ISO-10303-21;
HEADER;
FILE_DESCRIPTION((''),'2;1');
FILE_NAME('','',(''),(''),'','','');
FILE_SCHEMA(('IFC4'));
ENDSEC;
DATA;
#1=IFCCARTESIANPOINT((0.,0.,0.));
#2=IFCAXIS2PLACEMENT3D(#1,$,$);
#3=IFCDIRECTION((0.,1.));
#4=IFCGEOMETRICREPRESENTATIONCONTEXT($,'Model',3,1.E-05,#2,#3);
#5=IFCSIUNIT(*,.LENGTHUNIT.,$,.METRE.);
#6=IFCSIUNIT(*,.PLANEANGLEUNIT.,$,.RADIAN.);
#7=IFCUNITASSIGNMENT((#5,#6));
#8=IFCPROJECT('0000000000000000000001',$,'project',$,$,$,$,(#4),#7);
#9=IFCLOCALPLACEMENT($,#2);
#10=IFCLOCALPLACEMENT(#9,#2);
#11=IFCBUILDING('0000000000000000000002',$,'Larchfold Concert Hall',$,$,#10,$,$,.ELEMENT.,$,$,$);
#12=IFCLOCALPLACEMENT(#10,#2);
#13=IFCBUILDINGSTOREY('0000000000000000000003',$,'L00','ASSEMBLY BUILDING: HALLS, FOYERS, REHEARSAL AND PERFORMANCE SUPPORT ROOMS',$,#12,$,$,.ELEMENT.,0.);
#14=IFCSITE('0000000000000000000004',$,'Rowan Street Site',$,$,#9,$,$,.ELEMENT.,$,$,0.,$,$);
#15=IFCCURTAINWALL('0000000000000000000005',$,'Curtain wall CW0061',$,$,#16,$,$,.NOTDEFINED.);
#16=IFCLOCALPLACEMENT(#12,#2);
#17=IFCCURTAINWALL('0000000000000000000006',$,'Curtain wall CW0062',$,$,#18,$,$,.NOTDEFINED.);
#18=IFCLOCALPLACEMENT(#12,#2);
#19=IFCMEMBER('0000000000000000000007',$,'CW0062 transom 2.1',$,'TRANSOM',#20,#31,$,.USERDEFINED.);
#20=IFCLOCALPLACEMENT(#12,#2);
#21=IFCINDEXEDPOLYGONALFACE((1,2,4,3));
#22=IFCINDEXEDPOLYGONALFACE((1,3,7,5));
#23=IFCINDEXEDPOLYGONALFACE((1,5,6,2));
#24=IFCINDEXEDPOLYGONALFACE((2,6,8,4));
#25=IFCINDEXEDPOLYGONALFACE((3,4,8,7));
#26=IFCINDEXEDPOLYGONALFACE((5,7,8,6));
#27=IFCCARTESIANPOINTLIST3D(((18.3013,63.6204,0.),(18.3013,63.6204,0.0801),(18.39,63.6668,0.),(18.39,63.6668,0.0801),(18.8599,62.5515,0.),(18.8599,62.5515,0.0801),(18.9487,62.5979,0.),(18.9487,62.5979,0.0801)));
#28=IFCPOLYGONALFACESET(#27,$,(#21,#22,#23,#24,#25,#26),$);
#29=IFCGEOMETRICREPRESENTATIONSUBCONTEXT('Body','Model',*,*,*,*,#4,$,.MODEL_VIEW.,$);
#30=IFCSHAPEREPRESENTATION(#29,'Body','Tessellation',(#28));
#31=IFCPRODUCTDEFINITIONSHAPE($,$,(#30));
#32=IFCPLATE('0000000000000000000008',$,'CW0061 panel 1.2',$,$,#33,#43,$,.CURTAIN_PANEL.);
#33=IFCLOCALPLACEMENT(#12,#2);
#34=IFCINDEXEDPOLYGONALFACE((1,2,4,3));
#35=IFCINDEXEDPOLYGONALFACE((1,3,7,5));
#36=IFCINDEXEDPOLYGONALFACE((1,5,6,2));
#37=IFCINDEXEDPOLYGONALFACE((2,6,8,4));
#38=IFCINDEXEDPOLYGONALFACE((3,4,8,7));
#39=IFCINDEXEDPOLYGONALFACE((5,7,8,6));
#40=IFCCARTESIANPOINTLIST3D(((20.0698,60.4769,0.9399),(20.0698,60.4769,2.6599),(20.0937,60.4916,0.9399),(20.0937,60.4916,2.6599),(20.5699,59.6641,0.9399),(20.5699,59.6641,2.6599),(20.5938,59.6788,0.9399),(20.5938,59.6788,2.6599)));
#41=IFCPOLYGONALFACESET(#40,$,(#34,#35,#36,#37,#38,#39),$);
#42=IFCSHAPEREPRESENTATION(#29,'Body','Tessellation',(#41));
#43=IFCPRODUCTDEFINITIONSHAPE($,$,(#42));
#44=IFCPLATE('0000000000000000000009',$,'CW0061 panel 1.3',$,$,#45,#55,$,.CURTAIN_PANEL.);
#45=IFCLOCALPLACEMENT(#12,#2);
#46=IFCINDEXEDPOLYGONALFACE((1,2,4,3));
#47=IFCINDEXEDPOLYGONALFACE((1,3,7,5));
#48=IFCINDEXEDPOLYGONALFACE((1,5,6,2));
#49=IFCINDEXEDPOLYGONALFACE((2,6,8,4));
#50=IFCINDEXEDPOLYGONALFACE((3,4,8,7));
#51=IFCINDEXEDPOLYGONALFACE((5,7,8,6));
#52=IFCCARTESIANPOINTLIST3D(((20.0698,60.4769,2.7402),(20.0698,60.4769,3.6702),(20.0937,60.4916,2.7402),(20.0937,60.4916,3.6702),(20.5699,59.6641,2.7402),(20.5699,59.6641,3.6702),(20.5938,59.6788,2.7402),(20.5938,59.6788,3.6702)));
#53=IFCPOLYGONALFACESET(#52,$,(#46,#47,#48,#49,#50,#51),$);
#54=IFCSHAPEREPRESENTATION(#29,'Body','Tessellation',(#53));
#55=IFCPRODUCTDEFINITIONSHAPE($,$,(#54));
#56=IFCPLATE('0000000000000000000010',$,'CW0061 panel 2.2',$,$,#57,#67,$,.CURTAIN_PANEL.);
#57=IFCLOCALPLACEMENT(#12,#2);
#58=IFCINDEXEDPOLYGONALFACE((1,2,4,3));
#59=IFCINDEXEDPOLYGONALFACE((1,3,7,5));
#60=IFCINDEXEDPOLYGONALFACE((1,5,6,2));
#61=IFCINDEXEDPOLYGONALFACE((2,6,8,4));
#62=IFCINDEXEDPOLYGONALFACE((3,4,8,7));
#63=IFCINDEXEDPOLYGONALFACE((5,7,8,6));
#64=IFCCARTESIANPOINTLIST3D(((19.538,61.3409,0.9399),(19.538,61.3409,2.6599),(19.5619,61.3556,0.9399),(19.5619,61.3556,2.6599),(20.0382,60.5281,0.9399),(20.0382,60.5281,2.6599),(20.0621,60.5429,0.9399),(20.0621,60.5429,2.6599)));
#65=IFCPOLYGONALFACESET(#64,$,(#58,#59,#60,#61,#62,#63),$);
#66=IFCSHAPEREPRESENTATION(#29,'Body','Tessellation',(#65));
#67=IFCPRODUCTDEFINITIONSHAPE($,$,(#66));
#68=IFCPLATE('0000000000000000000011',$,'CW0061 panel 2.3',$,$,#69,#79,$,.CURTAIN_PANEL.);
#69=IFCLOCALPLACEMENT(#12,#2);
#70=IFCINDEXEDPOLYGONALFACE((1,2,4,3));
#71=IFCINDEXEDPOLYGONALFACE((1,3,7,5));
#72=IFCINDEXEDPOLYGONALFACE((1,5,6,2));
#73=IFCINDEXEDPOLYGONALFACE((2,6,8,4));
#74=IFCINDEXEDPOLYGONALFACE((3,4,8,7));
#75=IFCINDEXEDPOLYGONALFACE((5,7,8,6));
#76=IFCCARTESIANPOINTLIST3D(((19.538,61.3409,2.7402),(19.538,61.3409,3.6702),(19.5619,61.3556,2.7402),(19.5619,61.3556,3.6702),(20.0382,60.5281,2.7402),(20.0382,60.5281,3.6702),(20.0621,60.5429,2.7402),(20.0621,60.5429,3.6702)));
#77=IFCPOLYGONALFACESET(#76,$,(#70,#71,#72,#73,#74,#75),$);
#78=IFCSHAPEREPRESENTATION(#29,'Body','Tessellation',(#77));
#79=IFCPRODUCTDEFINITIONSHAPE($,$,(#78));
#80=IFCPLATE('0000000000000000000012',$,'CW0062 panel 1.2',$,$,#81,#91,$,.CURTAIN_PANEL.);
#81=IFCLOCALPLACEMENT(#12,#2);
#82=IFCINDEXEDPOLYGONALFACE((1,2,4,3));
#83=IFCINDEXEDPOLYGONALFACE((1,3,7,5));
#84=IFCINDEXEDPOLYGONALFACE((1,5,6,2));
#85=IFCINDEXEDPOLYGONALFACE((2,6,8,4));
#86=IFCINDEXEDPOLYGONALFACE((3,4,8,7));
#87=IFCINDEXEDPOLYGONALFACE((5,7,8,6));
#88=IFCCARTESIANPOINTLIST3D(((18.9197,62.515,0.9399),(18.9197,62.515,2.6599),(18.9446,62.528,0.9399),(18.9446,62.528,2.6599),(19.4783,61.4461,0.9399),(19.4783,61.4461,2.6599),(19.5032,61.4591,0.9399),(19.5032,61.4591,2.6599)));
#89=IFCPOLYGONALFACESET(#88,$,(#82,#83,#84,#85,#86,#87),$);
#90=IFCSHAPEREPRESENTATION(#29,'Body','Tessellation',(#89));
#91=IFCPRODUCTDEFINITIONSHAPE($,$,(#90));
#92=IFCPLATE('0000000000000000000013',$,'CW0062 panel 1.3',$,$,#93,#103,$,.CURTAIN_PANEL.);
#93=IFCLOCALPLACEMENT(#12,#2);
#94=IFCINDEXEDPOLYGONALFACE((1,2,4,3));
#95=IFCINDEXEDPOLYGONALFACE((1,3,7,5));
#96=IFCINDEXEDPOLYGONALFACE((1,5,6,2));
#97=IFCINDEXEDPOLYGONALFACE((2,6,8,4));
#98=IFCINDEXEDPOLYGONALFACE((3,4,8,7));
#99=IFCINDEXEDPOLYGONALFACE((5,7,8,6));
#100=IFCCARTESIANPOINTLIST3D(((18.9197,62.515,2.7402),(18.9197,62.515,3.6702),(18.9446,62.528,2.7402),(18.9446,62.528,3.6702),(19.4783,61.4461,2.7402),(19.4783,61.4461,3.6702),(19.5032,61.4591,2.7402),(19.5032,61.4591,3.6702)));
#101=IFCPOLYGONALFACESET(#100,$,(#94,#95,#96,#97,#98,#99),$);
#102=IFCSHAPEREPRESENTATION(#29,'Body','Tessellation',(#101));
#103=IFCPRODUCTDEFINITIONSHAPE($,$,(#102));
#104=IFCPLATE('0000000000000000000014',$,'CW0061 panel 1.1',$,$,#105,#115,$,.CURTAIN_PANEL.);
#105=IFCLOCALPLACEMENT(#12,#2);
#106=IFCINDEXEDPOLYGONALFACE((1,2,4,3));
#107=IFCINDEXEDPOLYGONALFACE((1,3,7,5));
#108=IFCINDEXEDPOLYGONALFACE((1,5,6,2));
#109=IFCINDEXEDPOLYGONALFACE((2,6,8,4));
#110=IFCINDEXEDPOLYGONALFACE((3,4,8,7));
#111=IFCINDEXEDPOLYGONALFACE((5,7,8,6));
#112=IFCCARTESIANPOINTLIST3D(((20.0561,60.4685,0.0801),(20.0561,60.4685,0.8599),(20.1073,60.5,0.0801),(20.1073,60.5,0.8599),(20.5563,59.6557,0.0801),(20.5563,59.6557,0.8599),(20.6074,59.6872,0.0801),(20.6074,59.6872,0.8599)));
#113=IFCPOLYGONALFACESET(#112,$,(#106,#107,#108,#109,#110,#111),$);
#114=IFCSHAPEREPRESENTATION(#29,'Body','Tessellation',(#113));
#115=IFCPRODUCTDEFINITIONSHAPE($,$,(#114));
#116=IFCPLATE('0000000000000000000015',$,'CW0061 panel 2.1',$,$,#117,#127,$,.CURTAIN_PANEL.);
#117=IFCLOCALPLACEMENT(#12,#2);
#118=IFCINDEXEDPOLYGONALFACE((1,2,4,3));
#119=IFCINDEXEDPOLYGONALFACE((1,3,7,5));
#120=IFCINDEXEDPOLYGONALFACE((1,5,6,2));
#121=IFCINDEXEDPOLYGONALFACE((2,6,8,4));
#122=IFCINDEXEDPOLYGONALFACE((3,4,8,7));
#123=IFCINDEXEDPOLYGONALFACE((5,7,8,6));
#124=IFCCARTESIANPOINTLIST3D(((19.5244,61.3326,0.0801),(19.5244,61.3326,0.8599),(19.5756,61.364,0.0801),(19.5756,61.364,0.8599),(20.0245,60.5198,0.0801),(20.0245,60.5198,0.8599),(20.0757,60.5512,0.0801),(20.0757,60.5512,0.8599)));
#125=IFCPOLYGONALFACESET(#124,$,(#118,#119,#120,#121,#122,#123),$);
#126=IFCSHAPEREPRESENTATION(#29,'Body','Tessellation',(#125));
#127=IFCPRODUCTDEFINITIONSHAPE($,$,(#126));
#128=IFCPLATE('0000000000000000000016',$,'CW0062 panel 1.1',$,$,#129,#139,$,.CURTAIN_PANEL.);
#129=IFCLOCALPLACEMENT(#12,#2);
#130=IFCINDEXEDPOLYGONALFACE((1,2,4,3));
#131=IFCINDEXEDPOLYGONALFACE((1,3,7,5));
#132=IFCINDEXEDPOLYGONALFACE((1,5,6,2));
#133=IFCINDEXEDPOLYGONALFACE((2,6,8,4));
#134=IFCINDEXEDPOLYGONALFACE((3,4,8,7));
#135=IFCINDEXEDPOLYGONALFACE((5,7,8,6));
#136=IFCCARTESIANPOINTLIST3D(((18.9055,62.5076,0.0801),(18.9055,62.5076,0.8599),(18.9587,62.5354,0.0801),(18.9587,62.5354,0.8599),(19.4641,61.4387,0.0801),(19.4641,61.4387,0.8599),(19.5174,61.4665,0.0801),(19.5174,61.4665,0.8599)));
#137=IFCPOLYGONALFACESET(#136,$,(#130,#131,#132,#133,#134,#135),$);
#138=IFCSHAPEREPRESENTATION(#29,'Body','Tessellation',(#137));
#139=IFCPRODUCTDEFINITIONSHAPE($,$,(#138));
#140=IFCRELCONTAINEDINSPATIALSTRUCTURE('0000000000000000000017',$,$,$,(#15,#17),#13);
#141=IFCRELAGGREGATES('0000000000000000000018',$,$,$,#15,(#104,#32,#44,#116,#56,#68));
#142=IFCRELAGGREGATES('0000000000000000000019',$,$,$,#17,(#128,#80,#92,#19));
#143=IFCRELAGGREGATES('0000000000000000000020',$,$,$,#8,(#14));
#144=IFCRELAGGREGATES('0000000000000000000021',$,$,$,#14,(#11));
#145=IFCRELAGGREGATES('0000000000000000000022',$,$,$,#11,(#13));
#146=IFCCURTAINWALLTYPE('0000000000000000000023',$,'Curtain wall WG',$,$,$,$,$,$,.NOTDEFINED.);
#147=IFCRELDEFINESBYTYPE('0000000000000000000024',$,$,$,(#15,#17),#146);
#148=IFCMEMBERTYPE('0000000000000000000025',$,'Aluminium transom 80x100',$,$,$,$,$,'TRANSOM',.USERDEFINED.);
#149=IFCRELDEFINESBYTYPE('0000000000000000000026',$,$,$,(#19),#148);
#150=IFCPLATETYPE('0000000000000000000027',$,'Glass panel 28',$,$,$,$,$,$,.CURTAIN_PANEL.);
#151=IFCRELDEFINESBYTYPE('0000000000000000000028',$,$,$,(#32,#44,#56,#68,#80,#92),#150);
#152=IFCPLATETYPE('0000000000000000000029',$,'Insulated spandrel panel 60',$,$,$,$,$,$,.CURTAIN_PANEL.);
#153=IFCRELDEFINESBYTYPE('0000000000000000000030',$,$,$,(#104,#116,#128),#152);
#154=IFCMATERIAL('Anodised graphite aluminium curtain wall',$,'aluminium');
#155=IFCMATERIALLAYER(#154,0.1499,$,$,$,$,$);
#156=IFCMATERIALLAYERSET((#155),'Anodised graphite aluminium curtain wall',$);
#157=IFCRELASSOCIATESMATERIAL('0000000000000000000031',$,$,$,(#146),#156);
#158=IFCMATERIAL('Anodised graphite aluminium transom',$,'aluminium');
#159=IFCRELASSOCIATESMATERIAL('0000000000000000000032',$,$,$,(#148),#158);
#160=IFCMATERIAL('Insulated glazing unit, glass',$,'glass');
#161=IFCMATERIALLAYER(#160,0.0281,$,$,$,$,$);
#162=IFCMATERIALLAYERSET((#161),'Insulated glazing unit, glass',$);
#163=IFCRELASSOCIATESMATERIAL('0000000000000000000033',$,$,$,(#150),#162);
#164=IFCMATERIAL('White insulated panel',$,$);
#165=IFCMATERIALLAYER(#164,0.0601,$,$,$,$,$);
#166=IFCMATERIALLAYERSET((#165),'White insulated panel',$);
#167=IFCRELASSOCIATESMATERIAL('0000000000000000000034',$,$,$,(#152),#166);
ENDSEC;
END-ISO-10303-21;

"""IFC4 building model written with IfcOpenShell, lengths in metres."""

from ifc_helpers import new_model, si_unit, direction, frame, origin, origin_2d, place, context, subcontext, project, spatial, rectangle, extrude, material, layer, layer_set, material_profile, profile_set, type_object, element, aggregate, save


model = new_model("IFC4")

# Units and contexts
model_context = context("Model", 3, precision=1e-05, world=origin(), true_north=direction((0.0, 1.0)))
body_context = subcontext(model_context, "Body", "Model", "MODEL_VIEW")
ifc_project = project(units=[si_unit("LENGTHUNIT", "METRE"), si_unit("PLANEANGLEUNIT", "RADIAN")], contexts=[model_context])

# Site, building, storey
site_placement = place(None, origin())
site = spatial("IfcSite", under=ifc_project, at=site_placement, Name="Rowan Street Site", CompositionType="ELEMENT", RefElevation=0.0)
building_placement = place(site_placement, origin())
building = spatial("IfcBuilding", under=site, at=building_placement, Name="Larchfold Concert Hall", CompositionType="ELEMENT")
storey_placement = place(building_placement, origin())
storey = spatial("IfcBuildingStorey", under=building, at=storey_placement, Name="L00", Description="ASSEMBLY BUILDING: HALLS, FOYERS, REHEARSAL AND PERFORMANCE SUPPORT ROOMS", CompositionType="ELEMENT", Elevation=0.0)

# Curtain walls
ifc_material_1 = material(Name="Anodised graphite aluminium curtain wall", Category="aluminium")
ifc_layer_1 = layer(ifc_material_1, 0.1499)
ifc_layer_set_1 = layer_set([ifc_layer_1], Name="Anodised graphite aluminium curtain wall")
curtain_wall_type = type_object("IfcCurtainWallType", Name="Curtain wall WG", PredefinedType="NOTDEFINED", material=ifc_layer_set_1)
curtain_wall_1_placement = place(storey_placement, origin())
curtain_wall_1 = element("IfcCurtainWall", 1, at=curtain_wall_1_placement, inside=storey, type_object=curtain_wall_type, Name="Curtain wall CW0061", PredefinedType="NOTDEFINED")
curtain_wall_2_placement = place(storey_placement, origin())
curtain_wall_2 = element("IfcCurtainWall", 2, at=curtain_wall_2_placement, inside=storey, type_object=curtain_wall_type, Name="Curtain wall CW0062", PredefinedType="NOTDEFINED")

# Member
ifc_material_2 = material(Name="Anodised graphite aluminium transom", Category="aluminium")
ifc_material_profile_1 = material_profile(ifc_material_2, rectangle(XDim=0.1001, YDim=0.0801, at=origin_2d()))
ifc_profile_set_1 = profile_set([ifc_material_profile_1], Name="Anodised graphite aluminium transom")
member_type_1 = type_object("IfcMemberType", Name="Aluminium transom 80x100", ElementType="TRANSOM", PredefinedType="USERDEFINED", material=ifc_profile_set_1)
member_1_placement = place(storey_placement, frame((18.9043, 62.5747, 0.04), z_axis=(-0.463175, 0.886267, 0.0), x_axis=(-0.886267, -0.463175, 0.0)))
member_1 = element("IfcMember", 3, at=member_1_placement, type_object=member_type_1, Name="CW0062 transom 2.1", ObjectType="TRANSOM", PredefinedType="USERDEFINED", context=body_context, shape_type="SweptSolid", body=[
    extrude(rectangle(XDim=0.1001, YDim=0.0801, at=origin_2d()), origin(), (0.0, 0.0, 1.0), 1.2061),
])

# Plates
ifc_material_3 = material(Name="Insulated glazing unit, glass", Category="glass")
ifc_layer_2 = layer(ifc_material_3, 0.0281)
ifc_layer_set_2 = layer_set([ifc_layer_2], Name="Insulated glazing unit, glass")
plate_type_1 = type_object("IfcPlateType", Name="Glass panel 28", PredefinedType="CURTAIN_PANEL", material=ifc_layer_set_2)
plate_1_placement = place(storey_placement, frame((20.3318, 60.0779, 0.9399), z_axis=(0.0, 0.0, 1.0), x_axis=(-0.524071, 0.851674, 0.0)))
plate_1 = element("IfcPlate", 4, at=plate_1_placement, type_object=plate_type_1, Name="CW0061 panel 1.2", PredefinedType="CURTAIN_PANEL", context=body_context, shape_type="SweptSolid", body=[
    extrude(rectangle(XDim=0.9543, YDim=0.0281, at=origin_2d()), origin(), (0.0, 0.0, 1.0), 1.72),
])
plate_2_placement = place(storey_placement, frame((20.3318, 60.0779, 2.7402), z_axis=(0.0, 0.0, 1.0), x_axis=(-0.524071, 0.851674, 0.0)))
plate_2 = element("IfcPlate", 5, at=plate_2_placement, type_object=plate_type_1, Name="CW0061 panel 1.3", PredefinedType="CURTAIN_PANEL", context=body_context, shape_type="SweptSolid", body=[
    extrude(rectangle(XDim=0.9543, YDim=0.0281, at=origin_2d()), origin(), (0.0, 0.0, 1.0), 0.9299),
])
plate_3_placement = place(storey_placement, frame((19.8, 60.9419, 0.9399), z_axis=(0.0, 0.0, 1.0), x_axis=(-0.524071, 0.851674, 0.0)))
plate_3 = element("IfcPlate", 6, at=plate_3_placement, type_object=plate_type_1, Name="CW0061 panel 2.2", PredefinedType="CURTAIN_PANEL", context=body_context, shape_type="SweptSolid", body=[
    extrude(rectangle(XDim=0.9543, YDim=0.0281, at=origin_2d()), origin(), (0.0, 0.0, 1.0), 1.72),
])
plate_4_placement = place(storey_placement, frame((19.8, 60.9419, 2.7402), z_axis=(0.0, 0.0, 1.0), x_axis=(-0.524071, 0.851674, 0.0)))
plate_4 = element("IfcPlate", 7, at=plate_4_placement, type_object=plate_type_1, Name="CW0061 panel 2.3", PredefinedType="CURTAIN_PANEL", context=body_context, shape_type="SweptSolid", body=[
    extrude(rectangle(XDim=0.9543, YDim=0.0281, at=origin_2d()), origin(), (0.0, 0.0, 1.0), 0.9299),
])
plate_5_placement = place(storey_placement, frame((19.2114, 61.9871, 0.9399), z_axis=(0.0, 0.0, 1.0), x_axis=(-0.46319, 0.886259, 0.0)))
plate_5 = element("IfcPlate", 8, at=plate_5_placement, type_object=plate_type_1, Name="CW0062 panel 1.2", PredefinedType="CURTAIN_PANEL", context=body_context, shape_type="SweptSolid", body=[
    extrude(rectangle(XDim=1.2061, YDim=0.0281, at=origin_2d()), origin(), (0.0, 0.0, 1.0), 1.72),
])
plate_6_placement = place(storey_placement, frame((19.2114, 61.9871, 2.7402), z_axis=(0.0, 0.0, 1.0), x_axis=(-0.46319, 0.886259, 0.0)))
plate_6 = element("IfcPlate", 9, at=plate_6_placement, type_object=plate_type_1, Name="CW0062 panel 1.3", PredefinedType="CURTAIN_PANEL", context=body_context, shape_type="SweptSolid", body=[
    extrude(rectangle(XDim=1.2061, YDim=0.0281, at=origin_2d()), origin(), (0.0, 0.0, 1.0), 0.9299),
])
ifc_material_4 = material(Name="White insulated panel")
ifc_layer_3 = layer(ifc_material_4, 0.0601)
ifc_layer_set_3 = layer_set([ifc_layer_3], Name="White insulated panel")
plate_type_2 = type_object("IfcPlateType", Name="Insulated spandrel panel 60", PredefinedType="CURTAIN_PANEL", material=ifc_layer_set_3)
plate_7_placement = place(storey_placement, frame((20.3318, 60.0779, 0.0801), z_axis=(0.0, 0.0, 1.0), x_axis=(-0.524071, 0.851674, 0.0)))
plate_7 = element("IfcPlate", 10, at=plate_7_placement, type_object=plate_type_2, Name="CW0061 panel 1.1", PredefinedType="CURTAIN_PANEL", context=body_context, shape_type="SweptSolid", body=[
    extrude(rectangle(XDim=0.9543, YDim=0.0601, at=origin_2d()), origin(), (0.0, 0.0, 1.0), 0.7798),
])
plate_8_placement = place(storey_placement, frame((19.8, 60.9419, 0.0801), z_axis=(0.0, 0.0, 1.0), x_axis=(-0.524071, 0.851674, 0.0)))
plate_8 = element("IfcPlate", 11, at=plate_8_placement, type_object=plate_type_2, Name="CW0061 panel 2.1", PredefinedType="CURTAIN_PANEL", context=body_context, shape_type="SweptSolid", body=[
    extrude(rectangle(XDim=0.9543, YDim=0.0601, at=origin_2d()), origin(), (0.0, 0.0, 1.0), 0.7798),
])
aggregate(curtain_wall_1, [plate_7, plate_1, plate_2, plate_8, plate_3, plate_4])
plate_9_placement = place(storey_placement, frame((19.2114, 61.9871, 0.0801), z_axis=(0.0, 0.0, 1.0), x_axis=(-0.46319, 0.886259, 0.0)))
plate_9 = element("IfcPlate", 12, at=plate_9_placement, type_object=plate_type_2, Name="CW0062 panel 1.1", PredefinedType="CURTAIN_PANEL", context=body_context, shape_type="SweptSolid", body=[
    extrude(rectangle(XDim=1.2061, YDim=0.0601, at=origin_2d()), origin(), (0.0, 0.0, 1.0), 0.7798),
])
aggregate(curtain_wall_2, [plate_9, plate_5, plate_6, member_1])

save(model, "model.ifc")
